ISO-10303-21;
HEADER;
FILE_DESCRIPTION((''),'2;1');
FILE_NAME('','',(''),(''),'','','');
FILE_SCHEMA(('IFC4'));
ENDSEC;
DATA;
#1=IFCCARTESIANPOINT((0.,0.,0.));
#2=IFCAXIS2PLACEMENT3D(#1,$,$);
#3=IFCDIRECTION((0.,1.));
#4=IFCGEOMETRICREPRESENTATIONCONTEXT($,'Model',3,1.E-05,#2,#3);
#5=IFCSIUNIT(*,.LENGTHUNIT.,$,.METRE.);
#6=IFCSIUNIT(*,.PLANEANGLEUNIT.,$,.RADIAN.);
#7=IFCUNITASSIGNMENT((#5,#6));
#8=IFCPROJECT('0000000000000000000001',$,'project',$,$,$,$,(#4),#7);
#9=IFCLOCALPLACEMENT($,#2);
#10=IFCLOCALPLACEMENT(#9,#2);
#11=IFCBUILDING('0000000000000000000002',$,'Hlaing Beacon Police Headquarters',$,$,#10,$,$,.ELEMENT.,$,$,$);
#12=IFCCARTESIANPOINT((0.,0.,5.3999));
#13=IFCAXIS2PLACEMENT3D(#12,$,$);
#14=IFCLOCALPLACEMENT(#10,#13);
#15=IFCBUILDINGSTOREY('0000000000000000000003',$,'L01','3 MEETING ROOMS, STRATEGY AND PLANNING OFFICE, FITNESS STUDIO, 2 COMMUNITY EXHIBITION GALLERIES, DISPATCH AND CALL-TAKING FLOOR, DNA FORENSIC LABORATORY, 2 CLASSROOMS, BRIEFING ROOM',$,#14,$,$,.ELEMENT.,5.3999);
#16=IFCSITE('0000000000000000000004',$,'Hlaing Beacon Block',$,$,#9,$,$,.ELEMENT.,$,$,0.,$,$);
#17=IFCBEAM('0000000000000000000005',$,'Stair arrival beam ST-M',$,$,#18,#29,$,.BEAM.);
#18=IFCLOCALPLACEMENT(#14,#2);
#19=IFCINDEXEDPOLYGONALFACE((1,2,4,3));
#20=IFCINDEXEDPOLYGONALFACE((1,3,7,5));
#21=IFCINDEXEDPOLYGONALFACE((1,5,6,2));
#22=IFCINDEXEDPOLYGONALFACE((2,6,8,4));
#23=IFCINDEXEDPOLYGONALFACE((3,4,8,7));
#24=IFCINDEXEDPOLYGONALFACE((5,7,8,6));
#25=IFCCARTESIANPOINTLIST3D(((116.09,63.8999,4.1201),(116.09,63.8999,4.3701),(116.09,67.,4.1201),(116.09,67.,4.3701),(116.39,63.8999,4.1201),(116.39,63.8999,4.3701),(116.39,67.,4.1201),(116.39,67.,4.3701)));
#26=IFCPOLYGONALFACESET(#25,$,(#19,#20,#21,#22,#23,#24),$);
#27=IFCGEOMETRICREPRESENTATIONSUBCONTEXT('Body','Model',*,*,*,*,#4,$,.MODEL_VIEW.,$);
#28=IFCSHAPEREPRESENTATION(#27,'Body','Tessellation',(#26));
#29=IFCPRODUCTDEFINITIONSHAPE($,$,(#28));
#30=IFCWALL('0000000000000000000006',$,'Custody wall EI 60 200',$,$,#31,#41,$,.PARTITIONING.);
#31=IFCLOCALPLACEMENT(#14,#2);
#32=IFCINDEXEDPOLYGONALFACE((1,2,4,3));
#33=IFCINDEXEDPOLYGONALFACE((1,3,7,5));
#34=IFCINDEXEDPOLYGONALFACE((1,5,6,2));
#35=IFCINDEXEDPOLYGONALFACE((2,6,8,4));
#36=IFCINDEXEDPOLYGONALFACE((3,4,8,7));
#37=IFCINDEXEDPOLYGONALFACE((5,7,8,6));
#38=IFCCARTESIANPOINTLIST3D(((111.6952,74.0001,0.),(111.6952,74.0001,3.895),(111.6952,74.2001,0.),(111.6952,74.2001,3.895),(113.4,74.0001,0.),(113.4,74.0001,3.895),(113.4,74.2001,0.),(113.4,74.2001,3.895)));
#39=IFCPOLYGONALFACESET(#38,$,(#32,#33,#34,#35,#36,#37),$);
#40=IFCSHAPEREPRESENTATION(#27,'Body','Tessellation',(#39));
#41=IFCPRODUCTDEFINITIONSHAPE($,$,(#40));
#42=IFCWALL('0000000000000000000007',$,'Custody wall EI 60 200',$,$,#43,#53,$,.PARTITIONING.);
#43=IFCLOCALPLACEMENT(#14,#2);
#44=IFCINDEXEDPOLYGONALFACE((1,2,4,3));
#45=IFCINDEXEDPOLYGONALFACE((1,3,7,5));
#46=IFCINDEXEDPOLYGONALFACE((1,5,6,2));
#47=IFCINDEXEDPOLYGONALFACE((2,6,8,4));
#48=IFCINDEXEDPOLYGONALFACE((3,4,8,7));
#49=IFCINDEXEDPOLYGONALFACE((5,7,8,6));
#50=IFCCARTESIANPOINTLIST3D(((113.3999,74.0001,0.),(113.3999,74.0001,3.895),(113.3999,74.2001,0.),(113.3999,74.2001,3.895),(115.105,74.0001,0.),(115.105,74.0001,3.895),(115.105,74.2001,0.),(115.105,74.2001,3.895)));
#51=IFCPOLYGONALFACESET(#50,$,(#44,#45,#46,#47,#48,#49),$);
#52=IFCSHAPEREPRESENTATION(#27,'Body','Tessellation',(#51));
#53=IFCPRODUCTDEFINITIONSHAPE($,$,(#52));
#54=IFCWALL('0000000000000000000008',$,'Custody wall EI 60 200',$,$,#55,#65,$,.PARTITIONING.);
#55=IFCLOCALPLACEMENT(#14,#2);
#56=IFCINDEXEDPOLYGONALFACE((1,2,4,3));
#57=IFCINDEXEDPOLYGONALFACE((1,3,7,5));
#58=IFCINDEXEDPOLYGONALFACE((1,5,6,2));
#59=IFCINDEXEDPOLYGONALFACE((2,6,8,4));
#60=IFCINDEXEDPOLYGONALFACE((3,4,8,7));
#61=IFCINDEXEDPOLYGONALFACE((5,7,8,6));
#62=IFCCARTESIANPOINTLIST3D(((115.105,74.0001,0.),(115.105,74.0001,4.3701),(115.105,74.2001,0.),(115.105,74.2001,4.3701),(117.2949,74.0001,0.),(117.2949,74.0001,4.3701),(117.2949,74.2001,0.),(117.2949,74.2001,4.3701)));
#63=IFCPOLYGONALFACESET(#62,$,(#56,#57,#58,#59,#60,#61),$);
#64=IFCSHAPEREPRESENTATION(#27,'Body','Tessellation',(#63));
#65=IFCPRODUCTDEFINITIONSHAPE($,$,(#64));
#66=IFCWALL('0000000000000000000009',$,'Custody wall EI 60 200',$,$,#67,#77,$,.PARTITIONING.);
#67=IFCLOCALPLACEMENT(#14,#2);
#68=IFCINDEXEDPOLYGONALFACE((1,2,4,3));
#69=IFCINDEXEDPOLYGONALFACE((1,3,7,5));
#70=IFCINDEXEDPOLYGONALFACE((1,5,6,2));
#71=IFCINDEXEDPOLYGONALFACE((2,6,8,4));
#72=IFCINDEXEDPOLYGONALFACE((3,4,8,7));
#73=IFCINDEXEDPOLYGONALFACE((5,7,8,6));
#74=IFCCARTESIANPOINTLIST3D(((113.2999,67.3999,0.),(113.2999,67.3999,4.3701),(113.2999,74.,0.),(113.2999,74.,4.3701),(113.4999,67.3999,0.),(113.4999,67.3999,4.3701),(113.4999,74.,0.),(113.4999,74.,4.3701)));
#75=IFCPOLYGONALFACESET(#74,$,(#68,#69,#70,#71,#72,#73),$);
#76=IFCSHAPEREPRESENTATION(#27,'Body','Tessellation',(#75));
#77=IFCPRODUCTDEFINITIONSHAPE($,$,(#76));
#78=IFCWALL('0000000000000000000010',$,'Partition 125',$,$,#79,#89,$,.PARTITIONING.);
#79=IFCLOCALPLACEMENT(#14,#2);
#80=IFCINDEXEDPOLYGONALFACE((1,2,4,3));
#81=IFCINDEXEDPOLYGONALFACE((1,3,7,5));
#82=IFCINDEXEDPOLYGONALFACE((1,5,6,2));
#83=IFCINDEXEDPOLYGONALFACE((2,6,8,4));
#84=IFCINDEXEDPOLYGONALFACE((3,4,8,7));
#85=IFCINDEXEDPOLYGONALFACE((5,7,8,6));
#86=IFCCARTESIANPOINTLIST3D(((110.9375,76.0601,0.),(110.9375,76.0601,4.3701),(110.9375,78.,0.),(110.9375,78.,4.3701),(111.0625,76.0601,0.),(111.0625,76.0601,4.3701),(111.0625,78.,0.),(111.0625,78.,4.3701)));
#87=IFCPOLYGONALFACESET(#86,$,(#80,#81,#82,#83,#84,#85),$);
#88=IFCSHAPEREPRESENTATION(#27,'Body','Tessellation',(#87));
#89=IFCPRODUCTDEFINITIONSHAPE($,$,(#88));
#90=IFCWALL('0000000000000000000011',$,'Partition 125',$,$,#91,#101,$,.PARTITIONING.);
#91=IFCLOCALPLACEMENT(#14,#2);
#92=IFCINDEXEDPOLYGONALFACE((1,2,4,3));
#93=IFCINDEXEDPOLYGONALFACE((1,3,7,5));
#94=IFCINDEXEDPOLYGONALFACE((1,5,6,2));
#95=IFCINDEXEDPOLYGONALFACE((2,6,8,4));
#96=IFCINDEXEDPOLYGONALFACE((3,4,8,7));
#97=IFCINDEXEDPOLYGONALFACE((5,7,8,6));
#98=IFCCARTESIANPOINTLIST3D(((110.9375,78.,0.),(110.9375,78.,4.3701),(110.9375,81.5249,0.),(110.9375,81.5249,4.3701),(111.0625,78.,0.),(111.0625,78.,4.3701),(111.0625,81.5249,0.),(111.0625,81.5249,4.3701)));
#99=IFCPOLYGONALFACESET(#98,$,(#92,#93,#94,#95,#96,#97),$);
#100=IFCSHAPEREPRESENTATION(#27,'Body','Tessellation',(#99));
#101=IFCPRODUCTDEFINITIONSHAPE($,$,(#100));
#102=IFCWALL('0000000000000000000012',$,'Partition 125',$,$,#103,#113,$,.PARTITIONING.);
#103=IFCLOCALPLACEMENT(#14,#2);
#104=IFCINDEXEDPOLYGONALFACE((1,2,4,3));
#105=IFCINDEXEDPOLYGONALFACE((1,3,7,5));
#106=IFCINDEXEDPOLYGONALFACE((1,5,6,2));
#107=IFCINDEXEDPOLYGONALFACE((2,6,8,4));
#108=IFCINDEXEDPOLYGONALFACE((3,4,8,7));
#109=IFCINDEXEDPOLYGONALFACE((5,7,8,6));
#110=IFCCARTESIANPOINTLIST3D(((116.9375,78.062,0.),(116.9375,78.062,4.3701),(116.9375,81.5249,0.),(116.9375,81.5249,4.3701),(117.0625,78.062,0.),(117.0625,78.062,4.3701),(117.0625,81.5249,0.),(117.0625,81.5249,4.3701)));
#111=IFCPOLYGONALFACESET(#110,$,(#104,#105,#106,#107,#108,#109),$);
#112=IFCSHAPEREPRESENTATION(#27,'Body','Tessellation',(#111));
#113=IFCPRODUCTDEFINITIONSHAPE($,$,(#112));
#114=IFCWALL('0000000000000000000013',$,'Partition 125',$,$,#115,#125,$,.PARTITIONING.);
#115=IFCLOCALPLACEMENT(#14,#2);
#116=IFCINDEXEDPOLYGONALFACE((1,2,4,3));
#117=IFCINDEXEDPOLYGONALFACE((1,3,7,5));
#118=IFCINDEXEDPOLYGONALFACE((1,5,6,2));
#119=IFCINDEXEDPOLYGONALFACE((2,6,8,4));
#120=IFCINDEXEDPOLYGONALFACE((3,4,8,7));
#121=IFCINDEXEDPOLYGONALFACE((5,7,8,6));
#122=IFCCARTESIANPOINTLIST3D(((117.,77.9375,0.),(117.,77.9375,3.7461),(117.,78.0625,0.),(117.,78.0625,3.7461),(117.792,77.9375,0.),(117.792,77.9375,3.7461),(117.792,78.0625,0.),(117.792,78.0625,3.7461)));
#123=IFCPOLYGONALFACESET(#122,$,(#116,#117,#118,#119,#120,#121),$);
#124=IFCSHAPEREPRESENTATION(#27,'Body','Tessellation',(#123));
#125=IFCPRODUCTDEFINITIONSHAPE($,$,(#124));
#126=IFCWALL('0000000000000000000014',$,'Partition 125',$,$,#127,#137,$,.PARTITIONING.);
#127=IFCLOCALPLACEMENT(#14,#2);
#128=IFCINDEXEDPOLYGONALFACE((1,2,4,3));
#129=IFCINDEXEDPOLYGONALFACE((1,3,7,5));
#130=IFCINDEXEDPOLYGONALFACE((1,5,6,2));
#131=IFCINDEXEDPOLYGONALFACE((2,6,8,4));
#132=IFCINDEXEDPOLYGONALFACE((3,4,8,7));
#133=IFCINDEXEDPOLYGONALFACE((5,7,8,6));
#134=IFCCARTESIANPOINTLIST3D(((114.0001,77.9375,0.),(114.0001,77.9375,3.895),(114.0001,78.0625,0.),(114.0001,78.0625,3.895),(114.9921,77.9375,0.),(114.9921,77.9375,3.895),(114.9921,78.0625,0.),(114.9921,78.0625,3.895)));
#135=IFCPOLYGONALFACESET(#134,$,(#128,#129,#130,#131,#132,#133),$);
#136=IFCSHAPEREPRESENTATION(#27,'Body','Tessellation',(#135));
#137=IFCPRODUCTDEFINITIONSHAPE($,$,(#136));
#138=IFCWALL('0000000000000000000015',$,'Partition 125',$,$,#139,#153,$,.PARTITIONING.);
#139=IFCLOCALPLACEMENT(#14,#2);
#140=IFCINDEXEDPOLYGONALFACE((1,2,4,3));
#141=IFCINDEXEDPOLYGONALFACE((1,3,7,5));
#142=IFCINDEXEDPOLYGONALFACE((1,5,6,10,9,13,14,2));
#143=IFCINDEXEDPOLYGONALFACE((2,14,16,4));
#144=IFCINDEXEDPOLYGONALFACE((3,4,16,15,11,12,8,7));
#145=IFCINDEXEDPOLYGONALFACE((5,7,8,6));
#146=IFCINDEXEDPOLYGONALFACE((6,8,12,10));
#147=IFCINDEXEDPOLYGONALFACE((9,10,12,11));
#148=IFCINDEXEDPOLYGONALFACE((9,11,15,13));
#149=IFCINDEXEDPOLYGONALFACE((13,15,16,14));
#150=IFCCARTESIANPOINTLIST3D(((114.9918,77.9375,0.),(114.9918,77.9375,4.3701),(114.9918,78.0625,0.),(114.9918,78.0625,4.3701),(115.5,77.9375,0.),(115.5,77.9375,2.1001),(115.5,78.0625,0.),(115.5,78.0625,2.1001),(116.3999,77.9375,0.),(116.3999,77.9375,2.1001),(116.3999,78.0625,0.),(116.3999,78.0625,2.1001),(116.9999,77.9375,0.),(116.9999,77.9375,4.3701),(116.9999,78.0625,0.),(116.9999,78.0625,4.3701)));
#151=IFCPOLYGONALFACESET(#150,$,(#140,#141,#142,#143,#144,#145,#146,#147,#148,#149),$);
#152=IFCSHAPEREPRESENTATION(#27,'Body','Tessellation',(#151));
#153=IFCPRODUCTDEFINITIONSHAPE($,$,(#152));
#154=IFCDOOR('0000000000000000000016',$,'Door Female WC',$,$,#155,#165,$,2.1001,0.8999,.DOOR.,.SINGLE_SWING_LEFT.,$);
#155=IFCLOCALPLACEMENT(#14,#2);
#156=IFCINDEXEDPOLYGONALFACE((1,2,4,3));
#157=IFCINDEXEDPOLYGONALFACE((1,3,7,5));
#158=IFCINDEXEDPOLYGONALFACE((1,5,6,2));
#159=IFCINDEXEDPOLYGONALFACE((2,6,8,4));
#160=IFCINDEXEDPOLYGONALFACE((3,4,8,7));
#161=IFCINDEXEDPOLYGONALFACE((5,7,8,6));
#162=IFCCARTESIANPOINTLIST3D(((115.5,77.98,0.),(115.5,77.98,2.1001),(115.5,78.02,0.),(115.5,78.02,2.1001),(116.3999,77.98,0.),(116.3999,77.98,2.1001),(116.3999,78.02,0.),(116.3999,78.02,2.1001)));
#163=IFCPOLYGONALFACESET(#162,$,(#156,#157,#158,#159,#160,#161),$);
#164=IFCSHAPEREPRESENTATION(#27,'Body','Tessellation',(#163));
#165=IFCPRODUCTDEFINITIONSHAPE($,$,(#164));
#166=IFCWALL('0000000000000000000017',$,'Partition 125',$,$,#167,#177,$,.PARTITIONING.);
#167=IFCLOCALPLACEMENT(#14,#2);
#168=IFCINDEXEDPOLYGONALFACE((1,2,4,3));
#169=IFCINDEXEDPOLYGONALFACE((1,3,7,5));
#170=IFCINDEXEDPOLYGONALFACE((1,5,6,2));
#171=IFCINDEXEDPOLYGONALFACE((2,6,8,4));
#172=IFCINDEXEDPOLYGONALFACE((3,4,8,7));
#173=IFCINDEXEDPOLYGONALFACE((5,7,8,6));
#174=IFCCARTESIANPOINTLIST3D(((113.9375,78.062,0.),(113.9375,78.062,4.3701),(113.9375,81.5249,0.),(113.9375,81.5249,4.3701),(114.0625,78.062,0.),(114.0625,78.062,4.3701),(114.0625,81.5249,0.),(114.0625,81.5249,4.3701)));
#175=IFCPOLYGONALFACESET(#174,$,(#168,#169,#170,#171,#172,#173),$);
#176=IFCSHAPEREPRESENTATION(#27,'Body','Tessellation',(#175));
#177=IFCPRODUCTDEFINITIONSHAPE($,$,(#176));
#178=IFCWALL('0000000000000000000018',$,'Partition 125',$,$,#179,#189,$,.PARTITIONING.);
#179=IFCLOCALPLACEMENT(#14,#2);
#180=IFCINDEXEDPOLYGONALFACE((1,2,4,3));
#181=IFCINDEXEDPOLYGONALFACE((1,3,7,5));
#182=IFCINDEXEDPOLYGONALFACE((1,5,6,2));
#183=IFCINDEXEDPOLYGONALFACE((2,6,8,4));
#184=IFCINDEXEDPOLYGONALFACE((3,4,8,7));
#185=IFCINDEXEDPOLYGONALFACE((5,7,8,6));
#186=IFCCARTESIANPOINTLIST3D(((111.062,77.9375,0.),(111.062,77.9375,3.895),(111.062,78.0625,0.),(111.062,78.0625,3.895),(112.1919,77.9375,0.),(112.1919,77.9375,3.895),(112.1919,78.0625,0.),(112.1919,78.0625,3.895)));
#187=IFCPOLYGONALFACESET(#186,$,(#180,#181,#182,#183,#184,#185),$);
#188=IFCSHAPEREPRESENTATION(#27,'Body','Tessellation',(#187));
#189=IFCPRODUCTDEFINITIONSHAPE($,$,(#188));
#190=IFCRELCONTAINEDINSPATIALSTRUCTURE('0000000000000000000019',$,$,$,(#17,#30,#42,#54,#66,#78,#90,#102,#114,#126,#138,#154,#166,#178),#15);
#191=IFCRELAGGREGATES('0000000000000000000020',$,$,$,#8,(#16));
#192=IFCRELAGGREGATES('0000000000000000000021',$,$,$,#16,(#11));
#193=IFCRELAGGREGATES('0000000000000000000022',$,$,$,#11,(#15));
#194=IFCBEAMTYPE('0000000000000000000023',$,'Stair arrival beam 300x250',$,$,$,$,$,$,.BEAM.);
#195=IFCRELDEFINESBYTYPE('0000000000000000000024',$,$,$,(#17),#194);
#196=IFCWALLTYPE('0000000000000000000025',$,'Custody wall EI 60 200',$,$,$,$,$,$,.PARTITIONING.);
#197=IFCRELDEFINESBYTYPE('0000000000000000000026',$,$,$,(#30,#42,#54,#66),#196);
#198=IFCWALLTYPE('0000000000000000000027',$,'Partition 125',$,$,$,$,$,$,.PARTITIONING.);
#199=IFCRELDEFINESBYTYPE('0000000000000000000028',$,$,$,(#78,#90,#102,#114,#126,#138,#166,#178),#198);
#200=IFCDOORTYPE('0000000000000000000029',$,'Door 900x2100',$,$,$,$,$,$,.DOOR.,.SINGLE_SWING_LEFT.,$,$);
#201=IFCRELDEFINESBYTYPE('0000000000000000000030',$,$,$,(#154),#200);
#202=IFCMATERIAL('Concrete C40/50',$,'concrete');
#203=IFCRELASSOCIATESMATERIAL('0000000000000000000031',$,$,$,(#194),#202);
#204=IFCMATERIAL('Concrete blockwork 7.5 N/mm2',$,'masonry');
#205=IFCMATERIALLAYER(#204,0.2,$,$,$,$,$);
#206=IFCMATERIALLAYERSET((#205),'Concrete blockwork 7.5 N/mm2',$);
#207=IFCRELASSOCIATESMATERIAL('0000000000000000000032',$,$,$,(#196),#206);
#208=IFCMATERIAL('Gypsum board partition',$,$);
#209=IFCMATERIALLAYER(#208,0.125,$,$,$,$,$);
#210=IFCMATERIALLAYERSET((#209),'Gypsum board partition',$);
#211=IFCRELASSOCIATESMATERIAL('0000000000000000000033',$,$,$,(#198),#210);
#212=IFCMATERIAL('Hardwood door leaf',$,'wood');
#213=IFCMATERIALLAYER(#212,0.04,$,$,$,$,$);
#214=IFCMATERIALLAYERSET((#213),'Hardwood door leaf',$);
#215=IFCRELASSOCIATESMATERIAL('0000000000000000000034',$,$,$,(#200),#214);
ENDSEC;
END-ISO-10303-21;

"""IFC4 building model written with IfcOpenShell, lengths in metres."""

from ifc_helpers import new_model, si_unit, direction, frame, frame_2d, origin, origin_2d, place, context, subcontext, project, spatial, rectangle, extrude, material, layer, layer_set, material_profile, profile_set, type_object, element, fill, save


model = new_model("IFC4")

# Units and contexts
model_context = context("Model", 3, precision=1e-05, world=origin(), true_north=direction((0.0, 1.0)))
body_context = subcontext(model_context, "Body", "Model", "MODEL_VIEW")
ifc_project = project(units=[si_unit("LENGTHUNIT", "METRE"), si_unit("PLANEANGLEUNIT", "RADIAN")], contexts=[model_context])

# Site, building, storey
site_placement = place(None, origin())
site = spatial("IfcSite", under=ifc_project, at=site_placement, Name="Hlaing Beacon Block", CompositionType="ELEMENT", RefElevation=0.0)
building_placement = place(site_placement, origin())
building = spatial("IfcBuilding", under=site, at=building_placement, Name="Hlaing Beacon Police Headquarters", CompositionType="ELEMENT")
storey_placement = place(building_placement, frame((0.0, 0.0, 5.3999)))
storey = spatial("IfcBuildingStorey", under=building, at=storey_placement, Name="L01", Description="3 MEETING ROOMS, STRATEGY AND PLANNING OFFICE, FITNESS STUDIO, 2 COMMUNITY EXHIBITION GALLERIES, DISPATCH AND CALL-TAKING FLOOR, DNA FORENSIC LABORATORY, 2 CLASSROOMS, BRIEFING ROOM", CompositionType="ELEMENT", Elevation=5.3999)

# Beam
ifc_material_1 = material(Name="Concrete C40/50", Category="concrete")
ifc_material_profile = material_profile(ifc_material_1, rectangle(XDim=0.3, YDim=0.25, at=origin_2d()), Name="Stair arrival beam 300x250")
ifc_profile_set = profile_set([ifc_material_profile], Name="Concrete C40/50")
beam_type = type_object("IfcBeamType", Name="Stair arrival beam 300x250", PredefinedType="BEAM", material=ifc_profile_set)
beam_placement = place(storey_placement, frame((116.24, 67.0, 4.2451), z_axis=(0.0, -1.0, 0.0), x_axis=(1.0, 0.0, 0.0)))
element("IfcBeam", 1, at=beam_placement, inside=storey, type_object=beam_type, Name="Stair arrival beam ST-M", PredefinedType="BEAM", context=body_context, shape_type="SweptSolid", body=[
    extrude(rectangle(XDim=0.3, YDim=0.25, at=origin_2d()), origin(), (0.0, 0.0, 1.0), 3.1001),
])

# Walls
ifc_material_2 = material(Name="Concrete blockwork 7.5 N/mm2", Category="masonry")
ifc_layer_1 = layer(ifc_material_2, 0.2)
ifc_layer_set_1 = layer_set([ifc_layer_1], Name="Concrete blockwork 7.5 N/mm2")
wall_type_1 = type_object("IfcWallType", Name="Custody wall EI 60 200", PredefinedType="PARTITIONING", material=ifc_layer_set_1)
wall_1_placement = place(storey_placement, frame((111.6951, 74.1001, 0.0), z_axis=(0.0, 0.0, 1.0), x_axis=(1.0, 0.0, 0.0)))
element("IfcWall", 2, at=wall_1_placement, inside=storey, type_object=wall_type_1, Name="Custody wall EI 60 200", PredefinedType="PARTITIONING", context=body_context, shape_type="SweptSolid", body=[
    extrude(rectangle(XDim=1.7048, YDim=0.2, at=frame_2d((0.8525, 0.0))), origin(), (0.0, 0.0, 1.0), 3.895),
])
wall_2_placement = place(storey_placement, frame((113.3999, 74.1001, 0.0), z_axis=(0.0, 0.0, 1.0), x_axis=(1.0, 0.0, 0.0)))
element("IfcWall", 3, at=wall_2_placement, inside=storey, type_object=wall_type_1, Name="Custody wall EI 60 200", PredefinedType="PARTITIONING", context=body_context, shape_type="SweptSolid", body=[
    extrude(rectangle(XDim=1.7051, YDim=0.2, at=frame_2d((0.8525, 0.0))), origin(), (0.0, 0.0, 1.0), 3.895),
])
wall_3_placement = place(storey_placement, frame((115.105, 74.1001, 0.0), z_axis=(0.0, 0.0, 1.0), x_axis=(1.0, 0.0, 0.0)))
element("IfcWall", 4, at=wall_3_placement, inside=storey, type_object=wall_type_1, Name="Custody wall EI 60 200", PredefinedType="PARTITIONING", context=body_context, shape_type="SweptSolid", body=[
    extrude(rectangle(XDim=2.1899, YDim=0.2, at=frame_2d((1.095, 0.0))), origin(), (0.0, 0.0, 1.0), 4.3701),
])
wall_4_placement = place(storey_placement, frame((113.3999, 67.3999, 0.0), z_axis=(0.0, 0.0, 1.0), x_axis=(0.0, 1.0, 0.0)))
element("IfcWall", 5, at=wall_4_placement, inside=storey, type_object=wall_type_1, Name="Custody wall EI 60 200", PredefinedType="PARTITIONING", context=body_context, shape_type="SweptSolid", body=[
    extrude(rectangle(XDim=6.6001, YDim=0.2, at=frame_2d((3.3, 0.0))), origin(), (0.0, 0.0, 1.0), 4.3701),
])
ifc_material_3 = material(Name="Gypsum board partition")
ifc_layer_2 = layer(ifc_material_3, 0.125)
ifc_layer_set_2 = layer_set([ifc_layer_2], Name="Gypsum board partition")
wall_type_2 = type_object("IfcWallType", Name="Partition 125", PredefinedType="PARTITIONING", material=ifc_layer_set_2)
wall_5_placement = place(storey_placement, frame((111.0, 76.0601, 0.0), z_axis=(0.0, 0.0, 1.0), x_axis=(0.0, 1.0, 0.0)))
element("IfcWall", 6, at=wall_5_placement, inside=storey, type_object=wall_type_2, Name="Partition 125", PredefinedType="PARTITIONING", context=body_context, shape_type="SweptSolid", body=[
    extrude(rectangle(XDim=1.9399, YDim=0.125, at=frame_2d((0.97, 0.0))), origin(), (0.0, 0.0, 1.0), 4.3701),
])
wall_6_placement = place(storey_placement, frame((111.0, 78.0, 0.0), z_axis=(0.0, 0.0, 1.0), x_axis=(0.0, 1.0, 0.0)))
element("IfcWall", 7, at=wall_6_placement, inside=storey, type_object=wall_type_2, Name="Partition 125", PredefinedType="PARTITIONING", context=body_context, shape_type="SweptSolid", body=[
    extrude(rectangle(XDim=3.5249, YDim=0.125, at=frame_2d((1.7625, 0.0))), origin(), (0.0, 0.0, 1.0), 4.3701),
])
wall_7_placement = place(storey_placement, frame((117.0, 78.062, 0.0), z_axis=(0.0, 0.0, 1.0), x_axis=(0.0, 1.0, 0.0)))
element("IfcWall", 8, at=wall_7_placement, inside=storey, type_object=wall_type_2, Name="Partition 125", PredefinedType="PARTITIONING", context=body_context, shape_type="SweptSolid", body=[
    extrude(rectangle(XDim=3.4629, YDim=0.125, at=frame_2d((1.7314, 0.0))), origin(), (0.0, 0.0, 1.0), 4.3701),
])
wall_8_placement = place(storey_placement, frame((117.0, 78.0, 0.0), z_axis=(0.0, 0.0, 1.0), x_axis=(1.0, 0.0, 0.0)))
element("IfcWall", 9, at=wall_8_placement, inside=storey, type_object=wall_type_2, Name="Partition 125", PredefinedType="PARTITIONING", context=body_context, shape_type="SweptSolid", body=[
    extrude(rectangle(XDim=0.792, YDim=0.125, at=frame_2d((0.396, 0.0))), origin(), (0.0, 0.0, 1.0), 3.7461),
])
wall_9_placement = place(storey_placement, frame((114.0, 78.0, 0.0), z_axis=(0.0, 0.0, 1.0), x_axis=(1.0, 0.0, 0.0)))
element("IfcWall", 10, at=wall_9_placement, inside=storey, type_object=wall_type_2, Name="Partition 125", PredefinedType="PARTITIONING", context=body_context, shape_type="SweptSolid", body=[
    extrude(rectangle(XDim=0.9919, YDim=0.125, at=frame_2d((0.4961, 0.0))), origin(), (0.0, 0.0, 1.0), 3.895),
])

# Wall, opening, door
wall_10_placement = place(storey_placement, frame((114.9919, 78.0, 0.0), z_axis=(0.0, 0.0, 1.0), x_axis=(1.0, 0.0, 0.0)))
wall_10 = element("IfcWall", 11, at=wall_10_placement, inside=storey, type_object=wall_type_2, Name="Partition 125", PredefinedType="PARTITIONING", context=body_context, shape_type="SweptSolid", body=[
    extrude(rectangle(XDim=2.0081, YDim=0.125, at=frame_2d((1.0039, 0.0))), origin(), (0.0, 0.0, 1.0), 4.3701),
])
opening_1_placement = place(wall_10_placement, frame((0.5081, 0.0, 0.0)))
opening_1 = element("IfcOpeningElement", 12, at=opening_1_placement, cuts=wall_10, PredefinedType="OPENING", context=body_context, shape_type="SweptSolid", body=[
    extrude(rectangle(XDim=0.8999, YDim=2.1001, at=frame_2d((0.45, 1.05))), frame((0.0, 0.0725, 0.0), z_axis=(0.0, -1.0, 0.0), x_axis=(1.0, 0.0, 0.0)), (0.0, 0.0, 1.0), 0.145),
])
ifc_material_4 = material(Name="Hardwood door leaf", Category="wood")
ifc_layer_3 = layer(ifc_material_4, 0.04)
ifc_layer_set_3 = layer_set([ifc_layer_3], Name="Hardwood door leaf")
door_type = type_object("IfcDoorType", Name="Door 900x2100", OperationType="SINGLE_SWING_LEFT", PredefinedType="DOOR", material=ifc_layer_set_3)
door_1_placement = place(opening_1_placement, origin())
door_1 = element("IfcDoor", 13, at=door_1_placement, inside=storey, type_object=door_type, Name="Door Female WC", OperationType="SINGLE_SWING_LEFT", OverallHeight=2.1001, OverallWidth=0.8999, PredefinedType="DOOR", context=body_context, shape_type="SweptSolid", body=[
    extrude(rectangle(XDim=0.8999, YDim=2.1001, at=frame_2d((0.45, 1.05))), frame((0.0, 0.02, 0.0), z_axis=(0.0, -1.0, 0.0), x_axis=(1.0, 0.0, 0.0)), (0.0, 0.0, 1.0), 0.04),
])
fill(opening_1, door_1)

# Walls
wall_11_placement = place(storey_placement, frame((114.0, 78.062, 0.0), z_axis=(0.0, 0.0, 1.0), x_axis=(0.0, 1.0, 0.0)))
element("IfcWall", 14, at=wall_11_placement, inside=storey, type_object=wall_type_2, Name="Partition 125", PredefinedType="PARTITIONING", context=body_context, shape_type="SweptSolid", body=[
    extrude(rectangle(XDim=3.4629, YDim=0.125, at=frame_2d((1.7314, 0.0))), origin(), (0.0, 0.0, 1.0), 4.3701),
])
wall_12_placement = place(storey_placement, frame((111.062, 78.0, 0.0), z_axis=(0.0, 0.0, 1.0), x_axis=(1.0, 0.0, 0.0)))
element("IfcWall", 15, at=wall_12_placement, inside=storey, type_object=wall_type_2, Name="Partition 125", PredefinedType="PARTITIONING", context=body_context, shape_type="SweptSolid", body=[
    extrude(rectangle(XDim=1.1299, YDim=0.125, at=frame_2d((0.5649, 0.0))), origin(), (0.0, 0.0, 1.0), 3.895),
])

save(model, "model.ifc")
